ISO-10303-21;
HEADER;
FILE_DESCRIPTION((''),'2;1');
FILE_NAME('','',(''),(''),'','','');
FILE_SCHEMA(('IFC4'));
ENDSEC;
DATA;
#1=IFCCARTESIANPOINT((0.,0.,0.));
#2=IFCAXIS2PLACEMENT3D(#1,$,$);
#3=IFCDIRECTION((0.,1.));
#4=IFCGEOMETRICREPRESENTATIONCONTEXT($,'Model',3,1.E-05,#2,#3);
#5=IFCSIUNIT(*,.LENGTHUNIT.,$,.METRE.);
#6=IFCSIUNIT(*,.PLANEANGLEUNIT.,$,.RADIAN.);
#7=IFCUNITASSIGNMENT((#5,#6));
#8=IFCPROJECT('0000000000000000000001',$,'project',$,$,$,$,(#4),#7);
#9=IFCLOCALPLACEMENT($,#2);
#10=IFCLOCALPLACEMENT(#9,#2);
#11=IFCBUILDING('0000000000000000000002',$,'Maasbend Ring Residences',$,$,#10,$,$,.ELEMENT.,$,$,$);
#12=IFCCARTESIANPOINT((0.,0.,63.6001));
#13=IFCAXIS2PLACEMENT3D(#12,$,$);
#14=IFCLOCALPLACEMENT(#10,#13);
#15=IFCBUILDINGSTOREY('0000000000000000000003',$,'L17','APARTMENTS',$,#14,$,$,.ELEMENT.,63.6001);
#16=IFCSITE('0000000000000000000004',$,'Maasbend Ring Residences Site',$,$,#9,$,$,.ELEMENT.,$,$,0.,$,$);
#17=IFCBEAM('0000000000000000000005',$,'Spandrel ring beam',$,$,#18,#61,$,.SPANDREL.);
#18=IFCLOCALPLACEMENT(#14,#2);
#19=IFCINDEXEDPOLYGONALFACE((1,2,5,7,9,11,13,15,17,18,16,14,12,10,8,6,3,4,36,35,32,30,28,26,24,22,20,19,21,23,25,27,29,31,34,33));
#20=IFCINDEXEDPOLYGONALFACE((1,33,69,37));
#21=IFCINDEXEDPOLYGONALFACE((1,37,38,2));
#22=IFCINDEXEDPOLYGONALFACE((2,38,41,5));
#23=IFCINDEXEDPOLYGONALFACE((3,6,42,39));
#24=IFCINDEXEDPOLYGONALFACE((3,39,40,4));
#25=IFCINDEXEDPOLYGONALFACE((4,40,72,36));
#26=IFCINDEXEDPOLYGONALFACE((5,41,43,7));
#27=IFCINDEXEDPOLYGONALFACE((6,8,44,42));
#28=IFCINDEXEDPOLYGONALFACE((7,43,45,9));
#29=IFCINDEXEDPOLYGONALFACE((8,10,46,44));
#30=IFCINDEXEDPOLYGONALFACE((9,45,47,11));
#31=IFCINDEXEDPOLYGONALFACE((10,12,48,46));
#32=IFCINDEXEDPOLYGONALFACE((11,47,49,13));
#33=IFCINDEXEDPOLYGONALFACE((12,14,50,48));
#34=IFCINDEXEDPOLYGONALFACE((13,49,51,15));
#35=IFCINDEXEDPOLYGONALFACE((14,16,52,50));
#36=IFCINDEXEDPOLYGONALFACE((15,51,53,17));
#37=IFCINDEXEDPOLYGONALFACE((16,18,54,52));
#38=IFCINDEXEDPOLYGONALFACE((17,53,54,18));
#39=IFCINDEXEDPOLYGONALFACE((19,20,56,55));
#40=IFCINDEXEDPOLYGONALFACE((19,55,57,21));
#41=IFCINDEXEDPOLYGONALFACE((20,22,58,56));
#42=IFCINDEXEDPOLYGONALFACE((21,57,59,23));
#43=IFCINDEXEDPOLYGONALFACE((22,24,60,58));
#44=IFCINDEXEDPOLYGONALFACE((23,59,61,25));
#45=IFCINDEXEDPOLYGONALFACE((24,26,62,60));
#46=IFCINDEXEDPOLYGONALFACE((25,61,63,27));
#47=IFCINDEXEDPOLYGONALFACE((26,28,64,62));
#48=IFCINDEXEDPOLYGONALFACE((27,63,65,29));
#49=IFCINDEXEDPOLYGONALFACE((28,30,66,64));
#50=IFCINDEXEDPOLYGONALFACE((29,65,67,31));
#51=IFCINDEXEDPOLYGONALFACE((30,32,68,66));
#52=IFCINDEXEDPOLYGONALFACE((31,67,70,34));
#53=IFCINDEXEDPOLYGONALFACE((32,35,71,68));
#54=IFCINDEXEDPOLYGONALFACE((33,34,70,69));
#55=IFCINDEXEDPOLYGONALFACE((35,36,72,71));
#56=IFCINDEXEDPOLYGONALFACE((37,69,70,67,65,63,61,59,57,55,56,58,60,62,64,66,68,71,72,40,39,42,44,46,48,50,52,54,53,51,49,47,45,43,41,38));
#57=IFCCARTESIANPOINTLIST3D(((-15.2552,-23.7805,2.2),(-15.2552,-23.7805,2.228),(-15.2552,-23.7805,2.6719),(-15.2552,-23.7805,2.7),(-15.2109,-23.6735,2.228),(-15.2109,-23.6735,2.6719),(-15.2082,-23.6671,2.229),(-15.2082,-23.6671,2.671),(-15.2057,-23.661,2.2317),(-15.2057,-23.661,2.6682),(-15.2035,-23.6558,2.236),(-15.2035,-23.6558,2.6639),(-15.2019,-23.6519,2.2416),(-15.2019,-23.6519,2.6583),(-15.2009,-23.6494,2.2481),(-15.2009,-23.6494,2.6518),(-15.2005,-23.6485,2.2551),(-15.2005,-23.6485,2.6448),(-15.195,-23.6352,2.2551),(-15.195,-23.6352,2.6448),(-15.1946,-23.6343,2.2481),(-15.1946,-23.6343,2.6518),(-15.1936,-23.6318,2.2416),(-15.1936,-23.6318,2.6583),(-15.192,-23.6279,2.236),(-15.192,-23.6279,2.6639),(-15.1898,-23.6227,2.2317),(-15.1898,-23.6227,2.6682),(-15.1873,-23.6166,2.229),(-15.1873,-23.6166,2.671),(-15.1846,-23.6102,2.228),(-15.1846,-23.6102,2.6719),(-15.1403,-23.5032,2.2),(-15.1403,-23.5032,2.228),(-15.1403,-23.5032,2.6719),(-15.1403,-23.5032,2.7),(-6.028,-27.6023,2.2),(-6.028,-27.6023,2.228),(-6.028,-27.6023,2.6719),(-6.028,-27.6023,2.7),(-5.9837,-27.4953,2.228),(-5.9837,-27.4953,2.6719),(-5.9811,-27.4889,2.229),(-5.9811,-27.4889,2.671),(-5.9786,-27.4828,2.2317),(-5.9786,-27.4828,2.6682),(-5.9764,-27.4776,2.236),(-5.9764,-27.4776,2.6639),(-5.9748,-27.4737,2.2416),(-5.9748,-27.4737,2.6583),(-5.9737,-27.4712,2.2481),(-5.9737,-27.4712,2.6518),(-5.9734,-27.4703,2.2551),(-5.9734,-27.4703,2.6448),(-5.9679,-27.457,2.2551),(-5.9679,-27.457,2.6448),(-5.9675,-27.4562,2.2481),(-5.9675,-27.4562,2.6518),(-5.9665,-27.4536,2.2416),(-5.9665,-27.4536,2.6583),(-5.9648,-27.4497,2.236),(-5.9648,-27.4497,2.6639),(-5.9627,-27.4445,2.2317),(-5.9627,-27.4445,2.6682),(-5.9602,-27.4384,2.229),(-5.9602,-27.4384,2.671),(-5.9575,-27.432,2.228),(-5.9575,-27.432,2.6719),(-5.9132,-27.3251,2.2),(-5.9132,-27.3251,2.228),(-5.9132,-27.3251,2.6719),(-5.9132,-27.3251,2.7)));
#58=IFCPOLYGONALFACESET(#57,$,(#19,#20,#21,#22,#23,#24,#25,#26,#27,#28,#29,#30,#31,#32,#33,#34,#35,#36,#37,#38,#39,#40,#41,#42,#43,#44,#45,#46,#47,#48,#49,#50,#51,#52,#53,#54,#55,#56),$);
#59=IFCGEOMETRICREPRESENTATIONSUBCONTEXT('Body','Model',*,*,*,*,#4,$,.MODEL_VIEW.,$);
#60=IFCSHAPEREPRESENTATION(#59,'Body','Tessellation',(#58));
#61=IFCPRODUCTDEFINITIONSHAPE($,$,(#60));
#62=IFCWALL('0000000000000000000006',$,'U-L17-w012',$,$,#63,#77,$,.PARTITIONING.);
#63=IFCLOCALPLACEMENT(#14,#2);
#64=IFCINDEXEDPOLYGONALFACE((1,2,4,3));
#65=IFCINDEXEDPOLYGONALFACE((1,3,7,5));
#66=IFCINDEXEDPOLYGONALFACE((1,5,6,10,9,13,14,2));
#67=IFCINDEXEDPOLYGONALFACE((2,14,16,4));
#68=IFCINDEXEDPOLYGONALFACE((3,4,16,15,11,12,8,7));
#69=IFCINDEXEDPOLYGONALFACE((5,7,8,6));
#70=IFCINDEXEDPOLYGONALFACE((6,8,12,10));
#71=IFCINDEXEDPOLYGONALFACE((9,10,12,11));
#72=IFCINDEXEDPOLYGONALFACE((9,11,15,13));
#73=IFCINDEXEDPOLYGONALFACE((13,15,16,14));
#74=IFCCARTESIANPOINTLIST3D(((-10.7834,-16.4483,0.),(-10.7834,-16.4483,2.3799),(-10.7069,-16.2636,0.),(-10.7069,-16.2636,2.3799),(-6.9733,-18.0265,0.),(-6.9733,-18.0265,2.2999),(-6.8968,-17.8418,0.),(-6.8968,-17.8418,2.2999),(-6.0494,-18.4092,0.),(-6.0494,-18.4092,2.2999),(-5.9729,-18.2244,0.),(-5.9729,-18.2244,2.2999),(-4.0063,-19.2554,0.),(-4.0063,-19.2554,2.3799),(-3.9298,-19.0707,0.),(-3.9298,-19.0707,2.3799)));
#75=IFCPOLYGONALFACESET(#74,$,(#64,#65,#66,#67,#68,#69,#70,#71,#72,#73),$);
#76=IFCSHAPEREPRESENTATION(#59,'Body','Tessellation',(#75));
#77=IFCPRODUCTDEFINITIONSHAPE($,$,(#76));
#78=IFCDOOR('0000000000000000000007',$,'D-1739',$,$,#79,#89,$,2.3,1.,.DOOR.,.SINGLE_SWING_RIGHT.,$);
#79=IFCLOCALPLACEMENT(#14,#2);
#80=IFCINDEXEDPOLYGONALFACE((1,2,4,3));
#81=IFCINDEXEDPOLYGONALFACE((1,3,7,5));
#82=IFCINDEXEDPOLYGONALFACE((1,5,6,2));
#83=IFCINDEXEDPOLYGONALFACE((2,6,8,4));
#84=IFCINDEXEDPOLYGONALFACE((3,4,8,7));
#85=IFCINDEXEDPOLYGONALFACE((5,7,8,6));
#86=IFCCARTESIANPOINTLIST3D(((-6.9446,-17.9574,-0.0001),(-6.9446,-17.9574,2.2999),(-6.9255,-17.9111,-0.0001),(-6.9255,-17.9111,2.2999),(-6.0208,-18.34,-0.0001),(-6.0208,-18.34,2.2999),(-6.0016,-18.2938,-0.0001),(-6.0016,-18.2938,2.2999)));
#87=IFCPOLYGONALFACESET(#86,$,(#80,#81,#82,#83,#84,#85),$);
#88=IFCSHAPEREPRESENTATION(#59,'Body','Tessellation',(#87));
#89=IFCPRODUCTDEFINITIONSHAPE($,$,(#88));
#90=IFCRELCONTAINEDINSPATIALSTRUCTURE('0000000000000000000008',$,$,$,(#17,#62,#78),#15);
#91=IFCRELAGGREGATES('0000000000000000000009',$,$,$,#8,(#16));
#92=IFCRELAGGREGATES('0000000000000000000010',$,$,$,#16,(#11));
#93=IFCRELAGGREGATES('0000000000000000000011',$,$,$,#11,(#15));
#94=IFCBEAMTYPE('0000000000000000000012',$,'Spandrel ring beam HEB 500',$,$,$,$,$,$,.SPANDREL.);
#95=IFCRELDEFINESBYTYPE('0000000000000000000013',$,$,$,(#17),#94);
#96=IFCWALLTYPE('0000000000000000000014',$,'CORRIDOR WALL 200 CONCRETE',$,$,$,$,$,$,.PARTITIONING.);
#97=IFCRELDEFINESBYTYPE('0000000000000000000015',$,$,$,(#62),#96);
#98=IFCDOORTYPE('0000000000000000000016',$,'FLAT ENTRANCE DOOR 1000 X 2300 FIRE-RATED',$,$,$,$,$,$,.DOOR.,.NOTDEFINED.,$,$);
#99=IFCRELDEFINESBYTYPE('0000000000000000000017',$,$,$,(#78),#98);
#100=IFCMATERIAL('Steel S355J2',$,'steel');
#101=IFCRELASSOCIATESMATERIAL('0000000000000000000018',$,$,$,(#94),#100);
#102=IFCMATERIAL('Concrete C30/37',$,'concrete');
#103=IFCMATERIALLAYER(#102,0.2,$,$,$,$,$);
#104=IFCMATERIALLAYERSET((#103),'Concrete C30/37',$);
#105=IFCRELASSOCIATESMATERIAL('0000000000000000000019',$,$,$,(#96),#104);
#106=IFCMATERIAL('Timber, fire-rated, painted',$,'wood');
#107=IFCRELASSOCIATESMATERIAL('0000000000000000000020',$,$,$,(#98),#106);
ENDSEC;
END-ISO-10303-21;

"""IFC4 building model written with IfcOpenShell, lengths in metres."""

from ifc_helpers import new_model, si_unit, direction, frame, frame_2d, origin, origin_2d, place, context, subcontext, project, spatial, rectangle, i_section, extrude, material, layer, layer_set, material_profile, profile_set, type_object, element, fill, save


model = new_model("IFC4")

# Units and contexts
model_context = context("Model", 3, precision=1e-05, world=origin(), true_north=direction((0.0, 1.0)))
body_context = subcontext(model_context, "Body", "Model", "MODEL_VIEW")
ifc_project = project(units=[si_unit("LENGTHUNIT", "METRE"), si_unit("PLANEANGLEUNIT", "RADIAN")], contexts=[model_context])

# Site, building, storey
site_placement = place(None, origin())
site = spatial("IfcSite", under=ifc_project, at=site_placement, Name="Maasbend Ring Residences Site", CompositionType="ELEMENT", RefElevation=0.0)
building_placement = place(site_placement, origin())
building = spatial("IfcBuilding", under=site, at=building_placement, Name="Maasbend Ring Residences", CompositionType="ELEMENT")
storey_placement = place(building_placement, frame((0.0, 0.0, 63.6001)))
storey = spatial("IfcBuildingStorey", under=building, at=storey_placement, Name="L17", Description="APARTMENTS", CompositionType="ELEMENT", Elevation=63.6001)

# Beam
ifc_material_1 = material(Name="Steel S355J2", Category="steel")
ifc_material_profile_1 = material_profile(ifc_material_1, i_section(OverallWidth=0.3, OverallDepth=0.5, WebThickness=0.0144, FlangeThickness=0.0281, FilletRadius=0.0271, at=origin_2d()), Name="HEB 500")
ifc_profile_set_1 = profile_set([ifc_material_profile_1], Name="Steel S355J2")
beam_type_1 = type_object("IfcBeamType", Name="Spandrel ring beam HEB 500", PredefinedType="SPANDREL", material=ifc_profile_set_1)
beam_1_placement = place(storey_placement, frame((-15.1978, -23.6418, 2.45), z_axis=(0.923886, -0.382667, 0.0), x_axis=(0.382667, 0.923886, 0.0)))
element("IfcBeam", 1, at=beam_1_placement, inside=storey, type_object=beam_type_1, Name="Spandrel ring beam", PredefinedType="SPANDREL", context=body_context, shape_type="SweptSolid", body=[
    extrude(i_section(OverallWidth=0.3, OverallDepth=0.5, WebThickness=0.0144, FlangeThickness=0.0281, FilletRadius=0.0271, at=origin_2d()), origin(), (0.0, 0.0, 1.0), 9.9873),
])

# Wall, opening, door
ifc_material_2 = material(Name="Concrete C30/37", Category="concrete")
ifc_layer_1 = layer(ifc_material_2, 0.2)
ifc_layer_set_1 = layer_set([ifc_layer_1], Name="Concrete C30/37")
wall_type_1 = type_object("IfcWallType", Name="CORRIDOR WALL 200 CONCRETE", PredefinedType="PARTITIONING", material=ifc_layer_set_1)
wall_1_placement = place(storey_placement, frame((-10.7451, -16.356, 0.0), z_axis=(0.0, 0.0, 1.0), x_axis=(0.923881, -0.382679, 0.0)))
wall_1 = element("IfcWall", 2, at=wall_1_placement, inside=storey, type_object=wall_type_1, Name="U-L17-w012", PredefinedType="PARTITIONING", context=body_context, shape_type="SweptSolid", body=[
    extrude(rectangle(XDim=7.3354, YDim=0.2, at=frame_2d((3.6677, 0.0))), origin(), (0.0, 0.0, 1.0), 2.3799),
])
opening_1_placement = place(wall_1_placement, frame((4.124, 0.0, 0.0)))
opening_1 = element("IfcOpeningElement", 3, at=opening_1_placement, cuts=wall_1, PredefinedType="OPENING", context=body_context, shape_type="SweptSolid", body=[
    extrude(rectangle(XDim=1.0, YDim=2.3, at=frame_2d((0.5, 1.1499))), frame((0.0, 0.1099, 0.0), z_axis=(0.0, -1.0, 0.0), x_axis=(1.0, 0.0, 0.0)), (0.0, 0.0, 1.0), 0.22),
])
ifc_material_3 = material(Name="Timber, fire-rated, painted", Category="wood")
door_type_1 = type_object("IfcDoorType", Name="FLAT ENTRANCE DOOR 1000 X 2300 FIRE-RATED", OperationType="NOTDEFINED", PredefinedType="DOOR", material=ifc_material_3)
door_1_placement = place(opening_1_placement, origin())
door_1 = element("IfcDoor", 4, at=door_1_placement, inside=storey, type_object=door_type_1, Name="D-1739", OperationType="SINGLE_SWING_RIGHT", OverallHeight=2.3, OverallWidth=1.0, PredefinedType="DOOR", context=body_context, shape_type="SweptSolid", body=[
    extrude(rectangle(XDim=1.0, YDim=2.3, at=frame_2d((0.5, 1.1499))), frame((0.0, 0.0249, 0.0), z_axis=(0.0, -1.0, 0.0), x_axis=(1.0, 0.0, 0.0)), (0.0, 0.0, 1.0), 0.05),
])
fill(opening_1, door_1)

save(model, "model.ifc")
